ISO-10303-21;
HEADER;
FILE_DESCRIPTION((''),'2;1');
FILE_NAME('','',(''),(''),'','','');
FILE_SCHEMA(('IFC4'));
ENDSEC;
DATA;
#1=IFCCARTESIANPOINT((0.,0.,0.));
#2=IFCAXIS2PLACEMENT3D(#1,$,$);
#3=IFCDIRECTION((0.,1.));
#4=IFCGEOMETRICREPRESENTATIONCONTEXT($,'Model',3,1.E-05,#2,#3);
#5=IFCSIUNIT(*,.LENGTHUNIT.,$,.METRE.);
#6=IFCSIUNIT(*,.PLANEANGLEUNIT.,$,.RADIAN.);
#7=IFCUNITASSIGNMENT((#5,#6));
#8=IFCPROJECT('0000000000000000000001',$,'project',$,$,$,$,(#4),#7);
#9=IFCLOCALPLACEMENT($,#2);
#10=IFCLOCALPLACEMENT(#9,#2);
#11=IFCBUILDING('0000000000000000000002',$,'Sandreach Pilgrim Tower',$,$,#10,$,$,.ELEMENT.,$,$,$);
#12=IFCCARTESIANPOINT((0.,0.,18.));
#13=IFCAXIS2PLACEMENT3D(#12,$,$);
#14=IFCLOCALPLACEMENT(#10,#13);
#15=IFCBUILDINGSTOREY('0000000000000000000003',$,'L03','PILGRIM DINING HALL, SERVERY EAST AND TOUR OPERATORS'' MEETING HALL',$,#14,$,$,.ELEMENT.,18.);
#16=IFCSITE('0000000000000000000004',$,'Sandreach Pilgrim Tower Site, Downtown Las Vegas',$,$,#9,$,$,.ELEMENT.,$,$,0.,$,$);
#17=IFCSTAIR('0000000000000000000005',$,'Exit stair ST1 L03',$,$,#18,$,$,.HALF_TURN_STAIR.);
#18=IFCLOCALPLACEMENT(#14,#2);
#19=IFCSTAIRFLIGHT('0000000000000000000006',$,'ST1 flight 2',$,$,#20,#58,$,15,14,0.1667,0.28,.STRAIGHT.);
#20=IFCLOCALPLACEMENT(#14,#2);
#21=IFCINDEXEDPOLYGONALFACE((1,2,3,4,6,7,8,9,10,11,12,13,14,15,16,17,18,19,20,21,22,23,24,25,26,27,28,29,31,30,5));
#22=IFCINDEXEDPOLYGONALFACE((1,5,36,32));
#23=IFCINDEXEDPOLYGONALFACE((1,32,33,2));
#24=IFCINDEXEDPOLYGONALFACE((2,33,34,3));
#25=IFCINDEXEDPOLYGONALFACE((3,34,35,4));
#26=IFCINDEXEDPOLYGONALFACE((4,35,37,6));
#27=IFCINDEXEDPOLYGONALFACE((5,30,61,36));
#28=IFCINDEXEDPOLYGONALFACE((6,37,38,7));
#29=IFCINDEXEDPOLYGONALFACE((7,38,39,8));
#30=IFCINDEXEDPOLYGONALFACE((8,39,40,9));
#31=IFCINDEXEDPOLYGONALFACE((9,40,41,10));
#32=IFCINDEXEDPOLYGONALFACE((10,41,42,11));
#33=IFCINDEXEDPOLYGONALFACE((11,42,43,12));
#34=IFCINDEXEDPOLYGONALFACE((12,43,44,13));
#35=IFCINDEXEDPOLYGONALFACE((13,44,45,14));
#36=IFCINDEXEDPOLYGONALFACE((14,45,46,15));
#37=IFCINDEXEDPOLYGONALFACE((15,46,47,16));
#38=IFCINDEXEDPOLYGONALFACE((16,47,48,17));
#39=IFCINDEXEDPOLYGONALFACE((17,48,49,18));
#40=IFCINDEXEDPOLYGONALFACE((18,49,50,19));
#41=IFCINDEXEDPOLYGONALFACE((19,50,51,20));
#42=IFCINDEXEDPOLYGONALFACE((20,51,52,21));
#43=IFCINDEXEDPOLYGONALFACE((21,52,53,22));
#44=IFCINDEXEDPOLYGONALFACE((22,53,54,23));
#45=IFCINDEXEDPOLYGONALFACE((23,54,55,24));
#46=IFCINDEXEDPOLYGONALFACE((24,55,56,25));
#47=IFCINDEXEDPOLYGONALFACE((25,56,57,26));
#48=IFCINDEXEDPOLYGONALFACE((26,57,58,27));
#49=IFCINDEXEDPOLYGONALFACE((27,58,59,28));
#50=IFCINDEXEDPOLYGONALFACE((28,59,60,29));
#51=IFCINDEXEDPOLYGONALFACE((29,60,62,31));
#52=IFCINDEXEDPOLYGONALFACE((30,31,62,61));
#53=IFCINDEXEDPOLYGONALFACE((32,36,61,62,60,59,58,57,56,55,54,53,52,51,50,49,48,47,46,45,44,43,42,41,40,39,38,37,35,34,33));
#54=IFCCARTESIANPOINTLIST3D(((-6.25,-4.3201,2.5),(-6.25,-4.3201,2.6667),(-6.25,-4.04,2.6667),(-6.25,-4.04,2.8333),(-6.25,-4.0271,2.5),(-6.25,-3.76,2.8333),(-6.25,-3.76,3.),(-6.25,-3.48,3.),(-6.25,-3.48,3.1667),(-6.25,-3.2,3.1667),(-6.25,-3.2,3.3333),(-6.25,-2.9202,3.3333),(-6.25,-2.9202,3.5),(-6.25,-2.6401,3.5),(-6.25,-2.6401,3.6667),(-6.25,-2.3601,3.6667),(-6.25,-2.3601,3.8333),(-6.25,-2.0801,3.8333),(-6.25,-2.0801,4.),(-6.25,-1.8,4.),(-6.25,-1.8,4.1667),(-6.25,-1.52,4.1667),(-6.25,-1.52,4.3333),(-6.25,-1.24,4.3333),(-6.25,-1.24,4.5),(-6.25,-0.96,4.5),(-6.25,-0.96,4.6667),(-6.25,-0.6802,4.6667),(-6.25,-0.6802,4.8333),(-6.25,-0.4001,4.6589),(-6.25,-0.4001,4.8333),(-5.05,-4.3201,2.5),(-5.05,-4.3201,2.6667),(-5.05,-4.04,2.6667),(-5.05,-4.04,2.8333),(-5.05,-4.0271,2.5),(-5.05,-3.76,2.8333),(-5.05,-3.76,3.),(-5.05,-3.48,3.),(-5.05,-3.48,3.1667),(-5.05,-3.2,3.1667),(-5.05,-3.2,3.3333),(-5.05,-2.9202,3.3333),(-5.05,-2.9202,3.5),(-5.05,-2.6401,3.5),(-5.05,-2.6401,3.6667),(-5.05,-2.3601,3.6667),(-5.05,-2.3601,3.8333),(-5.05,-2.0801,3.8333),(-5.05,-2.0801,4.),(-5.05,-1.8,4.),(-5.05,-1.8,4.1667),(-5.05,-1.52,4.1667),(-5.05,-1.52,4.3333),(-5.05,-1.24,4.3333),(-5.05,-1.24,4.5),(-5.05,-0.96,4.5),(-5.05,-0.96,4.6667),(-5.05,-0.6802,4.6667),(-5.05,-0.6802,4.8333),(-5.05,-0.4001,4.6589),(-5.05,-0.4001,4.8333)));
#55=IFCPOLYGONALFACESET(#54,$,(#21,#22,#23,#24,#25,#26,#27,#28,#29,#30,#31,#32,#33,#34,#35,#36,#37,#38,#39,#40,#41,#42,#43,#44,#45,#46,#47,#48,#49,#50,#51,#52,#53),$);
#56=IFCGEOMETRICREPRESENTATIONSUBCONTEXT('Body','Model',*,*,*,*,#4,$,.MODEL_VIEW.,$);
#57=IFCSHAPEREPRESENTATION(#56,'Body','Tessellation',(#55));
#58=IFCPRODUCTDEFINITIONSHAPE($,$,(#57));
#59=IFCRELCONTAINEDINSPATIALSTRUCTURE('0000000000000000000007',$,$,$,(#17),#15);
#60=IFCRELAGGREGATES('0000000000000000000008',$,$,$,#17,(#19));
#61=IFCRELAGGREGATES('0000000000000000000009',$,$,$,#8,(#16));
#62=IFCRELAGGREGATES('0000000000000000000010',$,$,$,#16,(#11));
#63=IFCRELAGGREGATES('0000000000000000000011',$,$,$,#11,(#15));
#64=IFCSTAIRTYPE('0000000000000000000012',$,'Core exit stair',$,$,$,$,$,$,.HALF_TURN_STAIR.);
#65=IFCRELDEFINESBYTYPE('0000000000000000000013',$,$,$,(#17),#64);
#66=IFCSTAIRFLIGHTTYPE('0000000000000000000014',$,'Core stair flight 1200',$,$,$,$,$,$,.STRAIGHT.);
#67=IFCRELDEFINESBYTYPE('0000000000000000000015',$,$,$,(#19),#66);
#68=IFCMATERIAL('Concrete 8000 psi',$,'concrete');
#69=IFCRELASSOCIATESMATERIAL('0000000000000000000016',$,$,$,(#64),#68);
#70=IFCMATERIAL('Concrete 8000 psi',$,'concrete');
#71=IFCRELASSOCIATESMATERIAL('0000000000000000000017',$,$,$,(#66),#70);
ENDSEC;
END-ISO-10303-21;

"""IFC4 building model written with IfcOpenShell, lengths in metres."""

from ifc_helpers import new_model, si_unit, direction, frame, origin, place, context, subcontext, project, spatial, polyline, outline, extrude, material, type_object, element, aggregate, save


model = new_model("IFC4")

# Units and contexts
model_context = context("Model", 3, precision=1e-05, world=origin(), true_north=direction((0.0, 1.0)))
body_context = subcontext(model_context, "Body", "Model", "MODEL_VIEW")
ifc_project = project(units=[si_unit("LENGTHUNIT", "METRE"), si_unit("PLANEANGLEUNIT", "RADIAN")], contexts=[model_context])

# Site, building, storey
site_placement = place(None, origin())
site = spatial("IfcSite", under=ifc_project, at=site_placement, Name="Sandreach Pilgrim Tower Site, Downtown Las Vegas", CompositionType="ELEMENT", RefElevation=0.0)
building_placement = place(site_placement, origin())
building = spatial("IfcBuilding", under=site, at=building_placement, Name="Sandreach Pilgrim Tower", CompositionType="ELEMENT")
storey_placement = place(building_placement, frame((0.0, 0.0, 18.0)))
storey = spatial("IfcBuildingStorey", under=building, at=storey_placement, Name="L03", Description="PILGRIM DINING HALL, SERVERY EAST AND TOUR OPERATORS' MEETING HALL", CompositionType="ELEMENT", Elevation=18.0)

# Stair, stair flight
ifc_material_1 = material(Name="Concrete 8000 psi", Category="concrete")
stair_type = type_object("IfcStairType", Name="Core exit stair", PredefinedType="HALF_TURN_STAIR", material=ifc_material_1)
stair_placement = place(storey_placement, origin())
stair = element("IfcStair", 1, at=stair_placement, inside=storey, type_object=stair_type, Name="Exit stair ST1 L03", PredefinedType="HALF_TURN_STAIR")
ifc_material_2 = material(Name="Concrete 8000 psi", Category="concrete")
stair_flight_type = type_object("IfcStairFlightType", Name="Core stair flight 1200", PredefinedType="STRAIGHT", material=ifc_material_2)
stair_flight_1_placement = place(storey_placement, frame((-5.6499, -4.3201, 2.5), z_axis=(0.0, 0.0, 1.0), x_axis=(0.0, 1.0, 0.0)))
stair_flight_1 = element("IfcStairFlight", 2, at=stair_flight_1_placement, type_object=stair_flight_type, Name="ST1 flight 2", NumberOfRisers=15, NumberOfTreads=14, PredefinedType="STRAIGHT", RiserHeight=0.1667, TreadLength=0.28, context=body_context, shape_type="SweptSolid", body=[
    extrude(outline(polyline([(0.0, 0.0), (0.0, 0.1667), (0.28, 0.1667), (0.28, 0.3333), (0.5601, 0.3333), (0.5601, 0.5), (0.8401, 0.5), (0.8401, 0.6667), (1.1201, 0.6667), (1.1201, 0.8333), (1.3999, 0.8333), (1.3999, 1.0), (1.6799, 1.0), (1.6799, 1.1667), (1.96, 1.1667), (1.96, 1.3333), (2.24, 1.3333), (2.24, 1.5), (2.52, 1.5), (2.52, 1.6667), (2.8, 1.6667), (2.8, 1.8333), (3.0801, 1.8333), (3.0801, 2.0), (3.3601, 2.0), (3.3601, 2.1667), (3.6399, 2.1667), (3.6399, 2.3333), (3.9199, 2.3333), (3.9199, 2.5), (3.9199, 2.1589), (0.293, 0.0), (0.0, 0.0)])), frame((0.0, 0.6001, 0.0), z_axis=(0.0, -1.0, 0.0), x_axis=(1.0, 0.0, 0.0)), (0.0, 0.0, 1.0), 1.2),
])
aggregate(stair, [stair_flight_1])

save(model, "model.ifc")
